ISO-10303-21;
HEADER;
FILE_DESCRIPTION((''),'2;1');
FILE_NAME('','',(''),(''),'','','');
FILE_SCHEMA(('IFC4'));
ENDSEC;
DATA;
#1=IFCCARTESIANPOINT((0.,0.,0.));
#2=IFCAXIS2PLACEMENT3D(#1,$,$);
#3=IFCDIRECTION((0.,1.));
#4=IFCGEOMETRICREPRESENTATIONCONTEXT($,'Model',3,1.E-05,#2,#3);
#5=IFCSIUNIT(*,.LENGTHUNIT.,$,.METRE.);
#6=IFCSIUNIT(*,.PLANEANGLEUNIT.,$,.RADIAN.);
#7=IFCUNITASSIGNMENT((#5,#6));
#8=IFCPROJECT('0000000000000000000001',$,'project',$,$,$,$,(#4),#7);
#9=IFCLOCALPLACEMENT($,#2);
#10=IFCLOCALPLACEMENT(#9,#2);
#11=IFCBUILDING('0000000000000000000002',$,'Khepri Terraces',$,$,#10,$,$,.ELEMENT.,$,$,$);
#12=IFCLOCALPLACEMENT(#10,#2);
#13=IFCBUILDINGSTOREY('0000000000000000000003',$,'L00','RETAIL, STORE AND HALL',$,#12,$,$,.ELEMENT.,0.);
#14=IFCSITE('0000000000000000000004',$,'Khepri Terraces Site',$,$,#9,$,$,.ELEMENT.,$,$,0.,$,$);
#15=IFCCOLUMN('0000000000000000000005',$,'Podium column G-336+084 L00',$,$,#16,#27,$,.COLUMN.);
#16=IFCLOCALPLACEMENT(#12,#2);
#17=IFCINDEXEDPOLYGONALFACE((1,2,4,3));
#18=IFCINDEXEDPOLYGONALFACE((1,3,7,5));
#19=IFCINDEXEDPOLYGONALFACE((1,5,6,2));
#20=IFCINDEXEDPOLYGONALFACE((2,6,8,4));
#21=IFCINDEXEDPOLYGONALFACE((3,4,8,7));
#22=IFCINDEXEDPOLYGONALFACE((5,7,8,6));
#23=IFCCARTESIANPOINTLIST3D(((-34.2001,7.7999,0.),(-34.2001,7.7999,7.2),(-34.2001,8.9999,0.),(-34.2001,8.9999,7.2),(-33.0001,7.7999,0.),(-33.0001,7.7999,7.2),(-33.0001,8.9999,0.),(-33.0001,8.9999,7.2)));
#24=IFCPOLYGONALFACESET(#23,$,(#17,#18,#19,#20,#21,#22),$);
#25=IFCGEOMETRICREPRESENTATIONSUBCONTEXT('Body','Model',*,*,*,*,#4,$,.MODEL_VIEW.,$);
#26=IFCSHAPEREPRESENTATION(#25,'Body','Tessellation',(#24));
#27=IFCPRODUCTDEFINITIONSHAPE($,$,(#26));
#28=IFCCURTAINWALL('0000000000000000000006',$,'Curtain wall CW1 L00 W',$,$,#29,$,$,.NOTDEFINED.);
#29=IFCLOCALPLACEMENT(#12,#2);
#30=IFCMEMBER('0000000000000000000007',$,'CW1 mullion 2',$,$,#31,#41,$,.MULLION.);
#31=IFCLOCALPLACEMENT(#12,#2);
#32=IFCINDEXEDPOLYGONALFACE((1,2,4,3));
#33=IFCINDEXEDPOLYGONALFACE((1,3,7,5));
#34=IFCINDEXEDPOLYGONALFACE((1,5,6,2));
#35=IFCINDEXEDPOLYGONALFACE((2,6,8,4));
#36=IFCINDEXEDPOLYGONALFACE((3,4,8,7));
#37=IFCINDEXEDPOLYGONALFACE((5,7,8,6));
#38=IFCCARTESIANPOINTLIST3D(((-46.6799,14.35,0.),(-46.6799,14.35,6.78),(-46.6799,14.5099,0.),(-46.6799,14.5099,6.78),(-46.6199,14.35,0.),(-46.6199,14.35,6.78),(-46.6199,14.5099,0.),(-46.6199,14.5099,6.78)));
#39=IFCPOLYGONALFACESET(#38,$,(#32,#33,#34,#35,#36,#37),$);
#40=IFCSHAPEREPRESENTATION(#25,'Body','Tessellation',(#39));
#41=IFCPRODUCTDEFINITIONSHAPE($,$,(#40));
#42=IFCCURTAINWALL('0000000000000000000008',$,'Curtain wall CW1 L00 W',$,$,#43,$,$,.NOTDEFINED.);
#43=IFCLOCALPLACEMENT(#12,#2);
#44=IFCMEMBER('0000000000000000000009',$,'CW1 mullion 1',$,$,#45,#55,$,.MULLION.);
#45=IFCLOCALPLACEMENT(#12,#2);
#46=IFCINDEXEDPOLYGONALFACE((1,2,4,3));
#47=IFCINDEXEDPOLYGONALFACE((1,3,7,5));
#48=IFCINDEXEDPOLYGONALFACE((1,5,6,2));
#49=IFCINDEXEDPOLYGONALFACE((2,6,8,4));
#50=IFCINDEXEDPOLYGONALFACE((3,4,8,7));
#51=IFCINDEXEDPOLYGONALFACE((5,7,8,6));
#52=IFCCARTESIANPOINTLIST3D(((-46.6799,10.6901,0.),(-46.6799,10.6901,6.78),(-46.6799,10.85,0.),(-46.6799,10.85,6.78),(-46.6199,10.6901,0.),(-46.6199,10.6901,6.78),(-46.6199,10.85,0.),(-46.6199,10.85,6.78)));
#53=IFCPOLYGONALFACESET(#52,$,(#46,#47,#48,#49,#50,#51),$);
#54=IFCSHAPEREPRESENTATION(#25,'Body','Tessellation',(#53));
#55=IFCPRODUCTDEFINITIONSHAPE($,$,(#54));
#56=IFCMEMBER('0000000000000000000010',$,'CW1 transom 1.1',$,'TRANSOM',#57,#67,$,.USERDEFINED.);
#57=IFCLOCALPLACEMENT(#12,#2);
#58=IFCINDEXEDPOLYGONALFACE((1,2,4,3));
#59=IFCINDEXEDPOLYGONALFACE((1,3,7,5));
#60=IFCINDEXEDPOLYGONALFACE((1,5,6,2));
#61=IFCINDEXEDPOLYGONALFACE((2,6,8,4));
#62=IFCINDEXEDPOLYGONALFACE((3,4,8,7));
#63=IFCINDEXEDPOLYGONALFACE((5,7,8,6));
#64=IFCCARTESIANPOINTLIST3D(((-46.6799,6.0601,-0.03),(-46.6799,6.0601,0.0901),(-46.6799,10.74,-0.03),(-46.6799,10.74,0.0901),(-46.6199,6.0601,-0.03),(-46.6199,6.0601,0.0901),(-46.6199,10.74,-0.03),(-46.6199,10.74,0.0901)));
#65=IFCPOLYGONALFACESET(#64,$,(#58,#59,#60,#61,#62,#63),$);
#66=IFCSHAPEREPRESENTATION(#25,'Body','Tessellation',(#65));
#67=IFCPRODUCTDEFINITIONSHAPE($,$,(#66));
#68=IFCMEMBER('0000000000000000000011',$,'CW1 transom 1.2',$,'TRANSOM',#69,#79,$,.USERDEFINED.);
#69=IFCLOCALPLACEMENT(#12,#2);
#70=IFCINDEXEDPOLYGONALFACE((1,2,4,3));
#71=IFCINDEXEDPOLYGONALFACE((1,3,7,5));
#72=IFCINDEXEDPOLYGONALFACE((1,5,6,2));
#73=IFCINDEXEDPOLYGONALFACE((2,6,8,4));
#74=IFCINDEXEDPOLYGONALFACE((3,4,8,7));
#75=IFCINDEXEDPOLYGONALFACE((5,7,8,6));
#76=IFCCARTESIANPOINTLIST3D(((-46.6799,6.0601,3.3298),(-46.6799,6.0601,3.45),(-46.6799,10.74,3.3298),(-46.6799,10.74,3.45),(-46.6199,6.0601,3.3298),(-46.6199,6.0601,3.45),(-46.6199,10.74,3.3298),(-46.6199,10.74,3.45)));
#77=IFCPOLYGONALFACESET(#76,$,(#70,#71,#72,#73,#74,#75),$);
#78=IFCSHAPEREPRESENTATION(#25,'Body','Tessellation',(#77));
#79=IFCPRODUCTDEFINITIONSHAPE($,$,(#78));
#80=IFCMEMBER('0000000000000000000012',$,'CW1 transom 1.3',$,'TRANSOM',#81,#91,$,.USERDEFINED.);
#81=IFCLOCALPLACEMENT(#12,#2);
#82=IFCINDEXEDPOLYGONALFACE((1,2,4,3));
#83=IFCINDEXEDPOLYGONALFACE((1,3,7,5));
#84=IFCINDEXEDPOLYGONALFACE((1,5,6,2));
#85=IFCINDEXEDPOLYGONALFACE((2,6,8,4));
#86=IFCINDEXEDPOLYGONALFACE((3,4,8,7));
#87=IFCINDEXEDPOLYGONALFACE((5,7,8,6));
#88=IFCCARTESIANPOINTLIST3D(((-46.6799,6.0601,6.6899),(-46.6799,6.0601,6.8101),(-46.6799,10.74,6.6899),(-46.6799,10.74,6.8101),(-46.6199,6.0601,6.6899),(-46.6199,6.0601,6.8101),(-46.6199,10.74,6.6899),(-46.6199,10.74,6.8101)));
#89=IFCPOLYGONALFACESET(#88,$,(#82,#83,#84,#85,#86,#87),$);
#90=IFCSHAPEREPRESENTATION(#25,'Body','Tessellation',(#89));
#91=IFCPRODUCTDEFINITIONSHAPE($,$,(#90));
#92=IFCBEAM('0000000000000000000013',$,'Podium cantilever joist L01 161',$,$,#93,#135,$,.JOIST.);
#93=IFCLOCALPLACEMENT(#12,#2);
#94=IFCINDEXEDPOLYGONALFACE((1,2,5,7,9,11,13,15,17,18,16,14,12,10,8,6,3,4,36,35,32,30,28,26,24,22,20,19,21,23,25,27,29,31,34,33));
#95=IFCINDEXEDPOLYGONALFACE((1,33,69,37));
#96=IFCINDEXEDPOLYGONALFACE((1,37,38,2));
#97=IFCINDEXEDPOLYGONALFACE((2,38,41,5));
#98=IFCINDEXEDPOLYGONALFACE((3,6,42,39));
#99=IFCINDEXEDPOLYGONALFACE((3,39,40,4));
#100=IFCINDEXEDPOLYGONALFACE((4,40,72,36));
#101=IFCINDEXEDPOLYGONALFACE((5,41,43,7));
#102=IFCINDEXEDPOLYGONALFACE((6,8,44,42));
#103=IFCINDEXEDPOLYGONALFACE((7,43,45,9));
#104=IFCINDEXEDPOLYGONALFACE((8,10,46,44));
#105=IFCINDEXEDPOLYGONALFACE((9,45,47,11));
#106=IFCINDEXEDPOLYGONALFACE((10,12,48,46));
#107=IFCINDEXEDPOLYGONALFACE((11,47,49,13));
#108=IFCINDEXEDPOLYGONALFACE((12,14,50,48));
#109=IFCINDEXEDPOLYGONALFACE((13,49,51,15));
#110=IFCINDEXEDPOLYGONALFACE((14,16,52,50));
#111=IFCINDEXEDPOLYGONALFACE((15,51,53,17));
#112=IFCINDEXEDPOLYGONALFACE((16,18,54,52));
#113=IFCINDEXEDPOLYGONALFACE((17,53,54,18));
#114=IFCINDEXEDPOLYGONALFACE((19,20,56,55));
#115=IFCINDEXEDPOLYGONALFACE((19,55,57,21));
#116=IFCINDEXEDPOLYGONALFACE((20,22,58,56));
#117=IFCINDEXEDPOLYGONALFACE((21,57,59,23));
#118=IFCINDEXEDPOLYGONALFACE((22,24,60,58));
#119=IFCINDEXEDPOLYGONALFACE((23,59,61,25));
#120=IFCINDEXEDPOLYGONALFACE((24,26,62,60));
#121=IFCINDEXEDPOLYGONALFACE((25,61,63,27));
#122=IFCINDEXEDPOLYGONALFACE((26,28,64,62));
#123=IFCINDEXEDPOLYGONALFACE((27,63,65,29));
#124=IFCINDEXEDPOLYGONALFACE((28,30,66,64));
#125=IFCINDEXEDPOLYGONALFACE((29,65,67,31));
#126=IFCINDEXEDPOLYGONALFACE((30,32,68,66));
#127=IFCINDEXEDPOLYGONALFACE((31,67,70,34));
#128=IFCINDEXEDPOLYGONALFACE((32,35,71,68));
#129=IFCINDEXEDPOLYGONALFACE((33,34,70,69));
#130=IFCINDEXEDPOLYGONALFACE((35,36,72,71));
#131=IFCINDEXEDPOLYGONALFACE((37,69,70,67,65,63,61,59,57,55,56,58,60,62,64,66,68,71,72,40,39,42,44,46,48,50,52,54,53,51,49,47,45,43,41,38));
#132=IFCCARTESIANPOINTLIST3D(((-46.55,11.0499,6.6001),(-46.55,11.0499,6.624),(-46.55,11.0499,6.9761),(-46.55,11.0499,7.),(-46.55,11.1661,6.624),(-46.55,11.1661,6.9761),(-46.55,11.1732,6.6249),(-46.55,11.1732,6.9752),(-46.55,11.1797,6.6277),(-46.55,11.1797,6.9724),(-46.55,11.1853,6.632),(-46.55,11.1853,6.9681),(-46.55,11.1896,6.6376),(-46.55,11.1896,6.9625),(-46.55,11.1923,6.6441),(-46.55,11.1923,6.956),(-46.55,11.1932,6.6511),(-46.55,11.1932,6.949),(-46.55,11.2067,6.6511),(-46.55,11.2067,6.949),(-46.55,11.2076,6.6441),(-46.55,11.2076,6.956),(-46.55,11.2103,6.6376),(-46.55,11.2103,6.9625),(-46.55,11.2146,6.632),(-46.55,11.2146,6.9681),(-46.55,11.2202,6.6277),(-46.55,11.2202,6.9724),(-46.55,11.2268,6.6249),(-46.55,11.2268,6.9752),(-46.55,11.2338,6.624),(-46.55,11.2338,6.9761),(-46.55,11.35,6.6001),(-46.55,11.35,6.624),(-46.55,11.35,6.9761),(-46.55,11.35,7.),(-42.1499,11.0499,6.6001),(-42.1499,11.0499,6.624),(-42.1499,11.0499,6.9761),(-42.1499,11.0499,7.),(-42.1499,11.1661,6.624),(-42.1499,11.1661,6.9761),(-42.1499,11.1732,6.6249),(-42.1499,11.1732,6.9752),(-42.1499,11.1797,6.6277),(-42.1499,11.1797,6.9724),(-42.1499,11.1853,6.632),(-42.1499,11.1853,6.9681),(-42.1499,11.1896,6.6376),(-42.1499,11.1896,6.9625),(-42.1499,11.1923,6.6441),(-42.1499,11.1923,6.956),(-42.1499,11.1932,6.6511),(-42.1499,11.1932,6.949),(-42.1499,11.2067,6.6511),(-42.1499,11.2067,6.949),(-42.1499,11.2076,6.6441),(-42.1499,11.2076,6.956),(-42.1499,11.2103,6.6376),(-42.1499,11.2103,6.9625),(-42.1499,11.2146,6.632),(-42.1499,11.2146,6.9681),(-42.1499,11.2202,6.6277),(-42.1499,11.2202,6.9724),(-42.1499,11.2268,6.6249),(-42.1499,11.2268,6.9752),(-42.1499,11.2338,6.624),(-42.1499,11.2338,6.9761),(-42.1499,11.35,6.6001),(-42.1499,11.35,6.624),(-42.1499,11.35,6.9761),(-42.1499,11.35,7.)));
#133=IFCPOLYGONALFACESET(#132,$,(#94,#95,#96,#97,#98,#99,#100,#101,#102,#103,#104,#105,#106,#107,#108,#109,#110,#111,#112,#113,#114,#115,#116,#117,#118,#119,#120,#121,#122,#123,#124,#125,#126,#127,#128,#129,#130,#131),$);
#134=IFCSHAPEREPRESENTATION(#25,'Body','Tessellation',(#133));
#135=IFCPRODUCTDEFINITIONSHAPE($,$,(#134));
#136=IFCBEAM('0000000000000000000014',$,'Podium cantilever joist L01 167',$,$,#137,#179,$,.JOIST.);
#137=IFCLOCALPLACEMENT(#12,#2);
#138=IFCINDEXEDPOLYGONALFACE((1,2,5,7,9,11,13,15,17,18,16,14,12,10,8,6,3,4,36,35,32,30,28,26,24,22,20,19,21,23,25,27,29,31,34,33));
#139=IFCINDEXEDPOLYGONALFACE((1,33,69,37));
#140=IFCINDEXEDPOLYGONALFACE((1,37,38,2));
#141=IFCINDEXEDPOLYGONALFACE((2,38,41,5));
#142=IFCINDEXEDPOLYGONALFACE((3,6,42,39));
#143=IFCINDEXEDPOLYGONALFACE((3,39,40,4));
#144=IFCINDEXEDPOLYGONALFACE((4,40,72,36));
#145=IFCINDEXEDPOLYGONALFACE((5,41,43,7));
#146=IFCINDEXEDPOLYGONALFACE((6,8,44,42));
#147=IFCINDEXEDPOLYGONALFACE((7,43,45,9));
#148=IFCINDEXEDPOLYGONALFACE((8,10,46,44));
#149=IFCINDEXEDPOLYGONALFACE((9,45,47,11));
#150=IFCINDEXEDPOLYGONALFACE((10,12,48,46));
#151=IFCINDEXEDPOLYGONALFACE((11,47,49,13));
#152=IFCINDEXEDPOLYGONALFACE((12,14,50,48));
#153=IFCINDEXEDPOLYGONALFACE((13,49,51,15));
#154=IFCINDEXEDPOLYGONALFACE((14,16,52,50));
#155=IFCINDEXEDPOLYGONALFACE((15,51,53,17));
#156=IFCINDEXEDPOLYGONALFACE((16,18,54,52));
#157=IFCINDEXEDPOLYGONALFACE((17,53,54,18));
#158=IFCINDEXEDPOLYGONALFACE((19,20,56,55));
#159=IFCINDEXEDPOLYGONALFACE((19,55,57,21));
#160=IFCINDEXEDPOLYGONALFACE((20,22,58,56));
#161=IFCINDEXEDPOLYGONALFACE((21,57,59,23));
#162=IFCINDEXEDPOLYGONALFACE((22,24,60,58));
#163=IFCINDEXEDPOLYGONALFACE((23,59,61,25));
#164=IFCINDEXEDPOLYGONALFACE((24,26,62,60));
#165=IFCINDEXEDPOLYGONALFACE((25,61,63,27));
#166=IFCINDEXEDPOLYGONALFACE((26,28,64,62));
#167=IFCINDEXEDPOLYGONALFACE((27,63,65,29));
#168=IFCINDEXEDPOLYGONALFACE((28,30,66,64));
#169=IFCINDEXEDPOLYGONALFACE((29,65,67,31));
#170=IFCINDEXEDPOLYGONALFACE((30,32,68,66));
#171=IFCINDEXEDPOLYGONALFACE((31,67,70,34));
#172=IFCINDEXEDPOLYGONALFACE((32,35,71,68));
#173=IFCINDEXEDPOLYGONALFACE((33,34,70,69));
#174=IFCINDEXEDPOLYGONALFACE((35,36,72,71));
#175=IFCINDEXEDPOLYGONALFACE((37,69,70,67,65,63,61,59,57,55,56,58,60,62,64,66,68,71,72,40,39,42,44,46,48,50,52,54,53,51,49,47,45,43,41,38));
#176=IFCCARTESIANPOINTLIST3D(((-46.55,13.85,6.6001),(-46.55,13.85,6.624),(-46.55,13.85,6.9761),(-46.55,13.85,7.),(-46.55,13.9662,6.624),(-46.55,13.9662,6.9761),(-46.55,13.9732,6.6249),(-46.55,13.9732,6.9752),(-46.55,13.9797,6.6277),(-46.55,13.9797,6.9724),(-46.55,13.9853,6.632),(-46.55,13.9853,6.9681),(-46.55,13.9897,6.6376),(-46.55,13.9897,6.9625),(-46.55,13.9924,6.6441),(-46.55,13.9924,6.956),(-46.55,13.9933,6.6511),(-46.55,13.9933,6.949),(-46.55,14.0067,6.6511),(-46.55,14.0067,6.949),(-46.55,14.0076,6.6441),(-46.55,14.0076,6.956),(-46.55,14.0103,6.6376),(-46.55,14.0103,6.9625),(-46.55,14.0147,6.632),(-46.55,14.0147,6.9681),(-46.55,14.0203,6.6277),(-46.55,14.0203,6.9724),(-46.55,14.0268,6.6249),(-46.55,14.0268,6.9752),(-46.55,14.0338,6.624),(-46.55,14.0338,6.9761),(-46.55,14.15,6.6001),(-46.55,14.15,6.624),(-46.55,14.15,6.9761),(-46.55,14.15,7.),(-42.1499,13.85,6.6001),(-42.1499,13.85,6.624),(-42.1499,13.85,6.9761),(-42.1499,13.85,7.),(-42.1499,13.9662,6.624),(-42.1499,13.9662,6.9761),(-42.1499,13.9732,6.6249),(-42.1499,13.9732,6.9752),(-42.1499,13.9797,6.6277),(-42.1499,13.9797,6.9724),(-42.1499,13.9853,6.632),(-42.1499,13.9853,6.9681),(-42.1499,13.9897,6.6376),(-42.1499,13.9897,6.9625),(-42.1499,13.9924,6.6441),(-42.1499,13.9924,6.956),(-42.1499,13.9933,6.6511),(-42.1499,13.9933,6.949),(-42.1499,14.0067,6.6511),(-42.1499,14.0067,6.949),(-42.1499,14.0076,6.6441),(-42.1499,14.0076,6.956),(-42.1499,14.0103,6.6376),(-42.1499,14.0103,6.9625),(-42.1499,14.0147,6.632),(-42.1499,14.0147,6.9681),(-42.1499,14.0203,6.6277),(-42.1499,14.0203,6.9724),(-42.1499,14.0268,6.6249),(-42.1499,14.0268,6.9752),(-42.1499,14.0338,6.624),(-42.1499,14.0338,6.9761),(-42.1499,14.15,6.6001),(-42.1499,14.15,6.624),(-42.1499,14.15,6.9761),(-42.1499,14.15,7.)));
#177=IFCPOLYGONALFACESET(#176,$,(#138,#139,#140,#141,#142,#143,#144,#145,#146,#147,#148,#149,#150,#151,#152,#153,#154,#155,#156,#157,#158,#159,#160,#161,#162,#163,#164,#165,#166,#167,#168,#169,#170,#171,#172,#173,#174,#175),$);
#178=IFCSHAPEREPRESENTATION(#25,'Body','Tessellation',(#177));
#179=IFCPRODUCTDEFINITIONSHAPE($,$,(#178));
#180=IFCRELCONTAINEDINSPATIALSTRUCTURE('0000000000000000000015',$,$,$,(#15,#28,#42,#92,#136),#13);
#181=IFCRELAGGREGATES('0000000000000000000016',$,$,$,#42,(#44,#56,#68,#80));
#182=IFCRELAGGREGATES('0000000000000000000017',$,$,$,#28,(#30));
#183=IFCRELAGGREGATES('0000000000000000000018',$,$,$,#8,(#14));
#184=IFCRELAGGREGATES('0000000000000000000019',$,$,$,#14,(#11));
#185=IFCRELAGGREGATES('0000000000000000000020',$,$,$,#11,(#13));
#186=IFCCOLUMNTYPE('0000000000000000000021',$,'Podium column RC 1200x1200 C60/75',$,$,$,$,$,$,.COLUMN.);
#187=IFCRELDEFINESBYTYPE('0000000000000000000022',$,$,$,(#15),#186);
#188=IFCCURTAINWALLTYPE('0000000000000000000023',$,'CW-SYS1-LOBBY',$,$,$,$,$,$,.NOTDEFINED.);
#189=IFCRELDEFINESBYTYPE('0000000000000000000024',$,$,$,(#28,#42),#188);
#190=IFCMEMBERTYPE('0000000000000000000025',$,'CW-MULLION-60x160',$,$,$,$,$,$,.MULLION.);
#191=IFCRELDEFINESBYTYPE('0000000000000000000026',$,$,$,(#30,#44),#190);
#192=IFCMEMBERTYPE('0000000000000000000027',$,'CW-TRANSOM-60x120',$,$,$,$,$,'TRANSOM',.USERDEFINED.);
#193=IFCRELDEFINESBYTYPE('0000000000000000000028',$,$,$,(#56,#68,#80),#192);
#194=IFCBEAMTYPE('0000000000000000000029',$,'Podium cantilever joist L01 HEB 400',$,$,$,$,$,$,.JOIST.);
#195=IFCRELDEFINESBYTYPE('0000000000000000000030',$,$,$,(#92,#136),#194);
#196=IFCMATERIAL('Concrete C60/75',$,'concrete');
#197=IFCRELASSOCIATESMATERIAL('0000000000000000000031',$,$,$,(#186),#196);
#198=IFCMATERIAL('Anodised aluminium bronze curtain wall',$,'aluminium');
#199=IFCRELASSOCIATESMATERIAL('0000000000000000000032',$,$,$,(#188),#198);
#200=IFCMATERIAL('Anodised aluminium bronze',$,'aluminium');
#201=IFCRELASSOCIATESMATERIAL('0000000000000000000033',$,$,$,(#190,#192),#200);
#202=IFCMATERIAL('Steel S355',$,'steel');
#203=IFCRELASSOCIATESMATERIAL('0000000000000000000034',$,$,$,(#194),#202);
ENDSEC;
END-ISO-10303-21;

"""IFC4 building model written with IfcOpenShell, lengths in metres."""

from ifc_helpers import new_model, si_unit, direction, frame, origin, origin_2d, place, context, subcontext, project, spatial, rectangle, i_section, extrude, material, material_profile, profile_set, type_object, element, aggregate, save


model = new_model("IFC4")

# Units and contexts
model_context = context("Model", 3, precision=1e-05, world=origin(), true_north=direction((0.0, 1.0)))
body_context = subcontext(model_context, "Body", "Model", "MODEL_VIEW")
ifc_project = project(units=[si_unit("LENGTHUNIT", "METRE"), si_unit("PLANEANGLEUNIT", "RADIAN")], contexts=[model_context])

# Site, building, storey
site_placement = place(None, origin())
site = spatial("IfcSite", under=ifc_project, at=site_placement, Name="Khepri Terraces Site", CompositionType="ELEMENT", RefElevation=0.0)
building_placement = place(site_placement, origin())
building = spatial("IfcBuilding", under=site, at=building_placement, Name="Khepri Terraces", CompositionType="ELEMENT")
storey_placement = place(building_placement, origin())
storey = spatial("IfcBuildingStorey", under=building, at=storey_placement, Name="L00", Description="RETAIL, STORE AND HALL", CompositionType="ELEMENT", Elevation=0.0)

# Column
ifc_material_1 = material(Name="Concrete C60/75", Category="concrete")
ifc_material_profile_1 = material_profile(ifc_material_1, rectangle(XDim=1.2, YDim=1.2, at=origin_2d()), Name="Concrete C60/75", Category="concrete")
ifc_profile_set_1 = profile_set([ifc_material_profile_1], Name="Concrete C60/75")
column_type = type_object("IfcColumnType", Name="Podium column RC 1200x1200 C60/75", PredefinedType="COLUMN", material=ifc_profile_set_1)
column_placement = place(storey_placement, frame((-33.6001, 8.3999, 0.0), z_axis=(0.0, 0.0, 1.0), x_axis=(1.0, 0.0, 0.0)))
element("IfcColumn", 1, at=column_placement, inside=storey, type_object=column_type, Name="Podium column G-336+084 L00", PredefinedType="COLUMN", context=body_context, shape_type="SweptSolid", body=[
    extrude(rectangle(XDim=1.2, YDim=1.2, at=origin_2d()), origin(), (0.0, 0.0, 1.0), 7.2),
])

# Curtain wall, member
ifc_material_2 = material(Name="Anodised aluminium bronze curtain wall", Category="aluminium")
curtain_wall_type = type_object("IfcCurtainWallType", Name="CW-SYS1-LOBBY", PredefinedType="NOTDEFINED", material=ifc_material_2)
curtain_wall_1_placement = place(storey_placement, origin())
curtain_wall_1 = element("IfcCurtainWall", 2, at=curtain_wall_1_placement, inside=storey, type_object=curtain_wall_type, Name="Curtain wall CW1 L00 W", PredefinedType="NOTDEFINED")
ifc_material_3 = material(Name="Anodised aluminium bronze", Category="aluminium")
ifc_material_profile_2 = material_profile(ifc_material_3, rectangle(XDim=0.0601, YDim=0.1599, at=origin_2d()), Name="Anodised aluminium bronze", Category="aluminium")
ifc_profile_set_2 = profile_set([ifc_material_profile_2], Name="Anodised aluminium bronze")
member_type_1 = type_object("IfcMemberType", Name="CW-MULLION-60x160", PredefinedType="MULLION", material=ifc_profile_set_2)
member_1_placement = place(storey_placement, frame((-46.6499, 14.4299, 0.0), z_axis=(0.0, 0.0, 1.0), x_axis=(1.0, 0.0, 0.0)))
member_1 = element("IfcMember", 3, at=member_1_placement, type_object=member_type_1, Name="CW1 mullion 2", PredefinedType="MULLION", context=body_context, shape_type="SweptSolid", body=[
    extrude(rectangle(XDim=0.0601, YDim=0.1599, at=origin_2d()), origin(), (0.0, 0.0, 1.0), 6.78),
])

# Curtain wall, members
curtain_wall_2_placement = place(storey_placement, origin())
curtain_wall_2 = element("IfcCurtainWall", 4, at=curtain_wall_2_placement, inside=storey, type_object=curtain_wall_type, Name="Curtain wall CW1 L00 W", PredefinedType="NOTDEFINED")
member_2_placement = place(storey_placement, frame((-46.6499, 10.77, 0.0), z_axis=(0.0, 0.0, 1.0), x_axis=(1.0, 0.0, 0.0)))
member_2 = element("IfcMember", 5, at=member_2_placement, type_object=member_type_1, Name="CW1 mullion 1", PredefinedType="MULLION", context=body_context, shape_type="SweptSolid", body=[
    extrude(rectangle(XDim=0.0601, YDim=0.1599, at=origin_2d()), origin(), (0.0, 0.0, 1.0), 6.78),
])
ifc_material_profile_3 = material_profile(ifc_material_3, rectangle(XDim=0.0601, YDim=0.1201, at=origin_2d()), Name="Anodised aluminium bronze", Category="aluminium")
ifc_profile_set_3 = profile_set([ifc_material_profile_3], Name="Anodised aluminium bronze")
member_type_2 = type_object("IfcMemberType", Name="CW-TRANSOM-60x120", ElementType="TRANSOM", PredefinedType="USERDEFINED", material=ifc_profile_set_3)
member_3_placement = place(storey_placement, frame((-46.6499, 10.74, 0.03), z_axis=(0.0, -1.0, 0.0), x_axis=(1.0, 0.0, 0.0)))
member_3 = element("IfcMember", 6, at=member_3_placement, type_object=member_type_2, Name="CW1 transom 1.1", ObjectType="TRANSOM", PredefinedType="USERDEFINED", context=body_context, shape_type="SweptSolid", body=[
    extrude(rectangle(XDim=0.0601, YDim=0.1201, at=origin_2d()), origin(), (0.0, 0.0, 1.0), 4.6799),
])
member_4_placement = place(storey_placement, frame((-46.6499, 10.74, 3.3899), z_axis=(0.0, -1.0, 0.0), x_axis=(1.0, 0.0, 0.0)))
member_4 = element("IfcMember", 7, at=member_4_placement, type_object=member_type_2, Name="CW1 transom 1.2", ObjectType="TRANSOM", PredefinedType="USERDEFINED", context=body_context, shape_type="SweptSolid", body=[
    extrude(rectangle(XDim=0.0601, YDim=0.1201, at=origin_2d()), origin(), (0.0, 0.0, 1.0), 4.6799),
])
member_5_placement = place(storey_placement, frame((-46.6499, 10.74, 6.75), z_axis=(0.0, -1.0, 0.0), x_axis=(1.0, 0.0, 0.0)))
member_5 = element("IfcMember", 8, at=member_5_placement, type_object=member_type_2, Name="CW1 transom 1.3", ObjectType="TRANSOM", PredefinedType="USERDEFINED", context=body_context, shape_type="SweptSolid", body=[
    extrude(rectangle(XDim=0.0601, YDim=0.1201, at=origin_2d()), origin(), (0.0, 0.0, 1.0), 4.6799),
])
aggregate(curtain_wall_2, [member_2, member_3, member_4, member_5])

# Beams
ifc_material_4 = material(Name="Steel S355", Category="steel")
ifc_material_profile_4 = material_profile(ifc_material_4, i_section(OverallWidth=0.3, OverallDepth=0.3999, WebThickness=0.0134, FlangeThickness=0.0239, FilletRadius=0.0271, at=origin_2d()), Name="Steel S355", Category="steel")
ifc_profile_set_4 = profile_set([ifc_material_profile_4], Name="Steel S355")
beam_type_1 = type_object("IfcBeamType", Name="Podium cantilever joist L01 HEB 400", PredefinedType="JOIST", material=ifc_profile_set_4)
for number, where, z_axis, x_axis, name in (
    (9, (-46.55, 11.2, 6.8), (1.0, 0.0, 0.0), (0.0, 1.0, 0.0), "Podium cantilever joist L01 161"),
    (10, (-46.55, 14.0, 6.8), (1.0, 0.0, 0.0), (0.0, 1.0, 0.0), "Podium cantilever joist L01 167"),
):
    element("IfcBeam", number, at=place(storey_placement, frame(where, z_axis=z_axis, x_axis=x_axis)), inside=storey, type_object=beam_type_1, Name=name, PredefinedType="JOIST", context=body_context, shape_type="SweptSolid", body=[
        extrude(i_section(OverallWidth=0.3, OverallDepth=0.3999, WebThickness=0.0134, FlangeThickness=0.0239, FilletRadius=0.0271, at=origin_2d()), origin(), (0.0, 0.0, 1.0), 4.4001),
    ])

aggregate(curtain_wall_1, [member_1])

save(model, "model.ifc")
